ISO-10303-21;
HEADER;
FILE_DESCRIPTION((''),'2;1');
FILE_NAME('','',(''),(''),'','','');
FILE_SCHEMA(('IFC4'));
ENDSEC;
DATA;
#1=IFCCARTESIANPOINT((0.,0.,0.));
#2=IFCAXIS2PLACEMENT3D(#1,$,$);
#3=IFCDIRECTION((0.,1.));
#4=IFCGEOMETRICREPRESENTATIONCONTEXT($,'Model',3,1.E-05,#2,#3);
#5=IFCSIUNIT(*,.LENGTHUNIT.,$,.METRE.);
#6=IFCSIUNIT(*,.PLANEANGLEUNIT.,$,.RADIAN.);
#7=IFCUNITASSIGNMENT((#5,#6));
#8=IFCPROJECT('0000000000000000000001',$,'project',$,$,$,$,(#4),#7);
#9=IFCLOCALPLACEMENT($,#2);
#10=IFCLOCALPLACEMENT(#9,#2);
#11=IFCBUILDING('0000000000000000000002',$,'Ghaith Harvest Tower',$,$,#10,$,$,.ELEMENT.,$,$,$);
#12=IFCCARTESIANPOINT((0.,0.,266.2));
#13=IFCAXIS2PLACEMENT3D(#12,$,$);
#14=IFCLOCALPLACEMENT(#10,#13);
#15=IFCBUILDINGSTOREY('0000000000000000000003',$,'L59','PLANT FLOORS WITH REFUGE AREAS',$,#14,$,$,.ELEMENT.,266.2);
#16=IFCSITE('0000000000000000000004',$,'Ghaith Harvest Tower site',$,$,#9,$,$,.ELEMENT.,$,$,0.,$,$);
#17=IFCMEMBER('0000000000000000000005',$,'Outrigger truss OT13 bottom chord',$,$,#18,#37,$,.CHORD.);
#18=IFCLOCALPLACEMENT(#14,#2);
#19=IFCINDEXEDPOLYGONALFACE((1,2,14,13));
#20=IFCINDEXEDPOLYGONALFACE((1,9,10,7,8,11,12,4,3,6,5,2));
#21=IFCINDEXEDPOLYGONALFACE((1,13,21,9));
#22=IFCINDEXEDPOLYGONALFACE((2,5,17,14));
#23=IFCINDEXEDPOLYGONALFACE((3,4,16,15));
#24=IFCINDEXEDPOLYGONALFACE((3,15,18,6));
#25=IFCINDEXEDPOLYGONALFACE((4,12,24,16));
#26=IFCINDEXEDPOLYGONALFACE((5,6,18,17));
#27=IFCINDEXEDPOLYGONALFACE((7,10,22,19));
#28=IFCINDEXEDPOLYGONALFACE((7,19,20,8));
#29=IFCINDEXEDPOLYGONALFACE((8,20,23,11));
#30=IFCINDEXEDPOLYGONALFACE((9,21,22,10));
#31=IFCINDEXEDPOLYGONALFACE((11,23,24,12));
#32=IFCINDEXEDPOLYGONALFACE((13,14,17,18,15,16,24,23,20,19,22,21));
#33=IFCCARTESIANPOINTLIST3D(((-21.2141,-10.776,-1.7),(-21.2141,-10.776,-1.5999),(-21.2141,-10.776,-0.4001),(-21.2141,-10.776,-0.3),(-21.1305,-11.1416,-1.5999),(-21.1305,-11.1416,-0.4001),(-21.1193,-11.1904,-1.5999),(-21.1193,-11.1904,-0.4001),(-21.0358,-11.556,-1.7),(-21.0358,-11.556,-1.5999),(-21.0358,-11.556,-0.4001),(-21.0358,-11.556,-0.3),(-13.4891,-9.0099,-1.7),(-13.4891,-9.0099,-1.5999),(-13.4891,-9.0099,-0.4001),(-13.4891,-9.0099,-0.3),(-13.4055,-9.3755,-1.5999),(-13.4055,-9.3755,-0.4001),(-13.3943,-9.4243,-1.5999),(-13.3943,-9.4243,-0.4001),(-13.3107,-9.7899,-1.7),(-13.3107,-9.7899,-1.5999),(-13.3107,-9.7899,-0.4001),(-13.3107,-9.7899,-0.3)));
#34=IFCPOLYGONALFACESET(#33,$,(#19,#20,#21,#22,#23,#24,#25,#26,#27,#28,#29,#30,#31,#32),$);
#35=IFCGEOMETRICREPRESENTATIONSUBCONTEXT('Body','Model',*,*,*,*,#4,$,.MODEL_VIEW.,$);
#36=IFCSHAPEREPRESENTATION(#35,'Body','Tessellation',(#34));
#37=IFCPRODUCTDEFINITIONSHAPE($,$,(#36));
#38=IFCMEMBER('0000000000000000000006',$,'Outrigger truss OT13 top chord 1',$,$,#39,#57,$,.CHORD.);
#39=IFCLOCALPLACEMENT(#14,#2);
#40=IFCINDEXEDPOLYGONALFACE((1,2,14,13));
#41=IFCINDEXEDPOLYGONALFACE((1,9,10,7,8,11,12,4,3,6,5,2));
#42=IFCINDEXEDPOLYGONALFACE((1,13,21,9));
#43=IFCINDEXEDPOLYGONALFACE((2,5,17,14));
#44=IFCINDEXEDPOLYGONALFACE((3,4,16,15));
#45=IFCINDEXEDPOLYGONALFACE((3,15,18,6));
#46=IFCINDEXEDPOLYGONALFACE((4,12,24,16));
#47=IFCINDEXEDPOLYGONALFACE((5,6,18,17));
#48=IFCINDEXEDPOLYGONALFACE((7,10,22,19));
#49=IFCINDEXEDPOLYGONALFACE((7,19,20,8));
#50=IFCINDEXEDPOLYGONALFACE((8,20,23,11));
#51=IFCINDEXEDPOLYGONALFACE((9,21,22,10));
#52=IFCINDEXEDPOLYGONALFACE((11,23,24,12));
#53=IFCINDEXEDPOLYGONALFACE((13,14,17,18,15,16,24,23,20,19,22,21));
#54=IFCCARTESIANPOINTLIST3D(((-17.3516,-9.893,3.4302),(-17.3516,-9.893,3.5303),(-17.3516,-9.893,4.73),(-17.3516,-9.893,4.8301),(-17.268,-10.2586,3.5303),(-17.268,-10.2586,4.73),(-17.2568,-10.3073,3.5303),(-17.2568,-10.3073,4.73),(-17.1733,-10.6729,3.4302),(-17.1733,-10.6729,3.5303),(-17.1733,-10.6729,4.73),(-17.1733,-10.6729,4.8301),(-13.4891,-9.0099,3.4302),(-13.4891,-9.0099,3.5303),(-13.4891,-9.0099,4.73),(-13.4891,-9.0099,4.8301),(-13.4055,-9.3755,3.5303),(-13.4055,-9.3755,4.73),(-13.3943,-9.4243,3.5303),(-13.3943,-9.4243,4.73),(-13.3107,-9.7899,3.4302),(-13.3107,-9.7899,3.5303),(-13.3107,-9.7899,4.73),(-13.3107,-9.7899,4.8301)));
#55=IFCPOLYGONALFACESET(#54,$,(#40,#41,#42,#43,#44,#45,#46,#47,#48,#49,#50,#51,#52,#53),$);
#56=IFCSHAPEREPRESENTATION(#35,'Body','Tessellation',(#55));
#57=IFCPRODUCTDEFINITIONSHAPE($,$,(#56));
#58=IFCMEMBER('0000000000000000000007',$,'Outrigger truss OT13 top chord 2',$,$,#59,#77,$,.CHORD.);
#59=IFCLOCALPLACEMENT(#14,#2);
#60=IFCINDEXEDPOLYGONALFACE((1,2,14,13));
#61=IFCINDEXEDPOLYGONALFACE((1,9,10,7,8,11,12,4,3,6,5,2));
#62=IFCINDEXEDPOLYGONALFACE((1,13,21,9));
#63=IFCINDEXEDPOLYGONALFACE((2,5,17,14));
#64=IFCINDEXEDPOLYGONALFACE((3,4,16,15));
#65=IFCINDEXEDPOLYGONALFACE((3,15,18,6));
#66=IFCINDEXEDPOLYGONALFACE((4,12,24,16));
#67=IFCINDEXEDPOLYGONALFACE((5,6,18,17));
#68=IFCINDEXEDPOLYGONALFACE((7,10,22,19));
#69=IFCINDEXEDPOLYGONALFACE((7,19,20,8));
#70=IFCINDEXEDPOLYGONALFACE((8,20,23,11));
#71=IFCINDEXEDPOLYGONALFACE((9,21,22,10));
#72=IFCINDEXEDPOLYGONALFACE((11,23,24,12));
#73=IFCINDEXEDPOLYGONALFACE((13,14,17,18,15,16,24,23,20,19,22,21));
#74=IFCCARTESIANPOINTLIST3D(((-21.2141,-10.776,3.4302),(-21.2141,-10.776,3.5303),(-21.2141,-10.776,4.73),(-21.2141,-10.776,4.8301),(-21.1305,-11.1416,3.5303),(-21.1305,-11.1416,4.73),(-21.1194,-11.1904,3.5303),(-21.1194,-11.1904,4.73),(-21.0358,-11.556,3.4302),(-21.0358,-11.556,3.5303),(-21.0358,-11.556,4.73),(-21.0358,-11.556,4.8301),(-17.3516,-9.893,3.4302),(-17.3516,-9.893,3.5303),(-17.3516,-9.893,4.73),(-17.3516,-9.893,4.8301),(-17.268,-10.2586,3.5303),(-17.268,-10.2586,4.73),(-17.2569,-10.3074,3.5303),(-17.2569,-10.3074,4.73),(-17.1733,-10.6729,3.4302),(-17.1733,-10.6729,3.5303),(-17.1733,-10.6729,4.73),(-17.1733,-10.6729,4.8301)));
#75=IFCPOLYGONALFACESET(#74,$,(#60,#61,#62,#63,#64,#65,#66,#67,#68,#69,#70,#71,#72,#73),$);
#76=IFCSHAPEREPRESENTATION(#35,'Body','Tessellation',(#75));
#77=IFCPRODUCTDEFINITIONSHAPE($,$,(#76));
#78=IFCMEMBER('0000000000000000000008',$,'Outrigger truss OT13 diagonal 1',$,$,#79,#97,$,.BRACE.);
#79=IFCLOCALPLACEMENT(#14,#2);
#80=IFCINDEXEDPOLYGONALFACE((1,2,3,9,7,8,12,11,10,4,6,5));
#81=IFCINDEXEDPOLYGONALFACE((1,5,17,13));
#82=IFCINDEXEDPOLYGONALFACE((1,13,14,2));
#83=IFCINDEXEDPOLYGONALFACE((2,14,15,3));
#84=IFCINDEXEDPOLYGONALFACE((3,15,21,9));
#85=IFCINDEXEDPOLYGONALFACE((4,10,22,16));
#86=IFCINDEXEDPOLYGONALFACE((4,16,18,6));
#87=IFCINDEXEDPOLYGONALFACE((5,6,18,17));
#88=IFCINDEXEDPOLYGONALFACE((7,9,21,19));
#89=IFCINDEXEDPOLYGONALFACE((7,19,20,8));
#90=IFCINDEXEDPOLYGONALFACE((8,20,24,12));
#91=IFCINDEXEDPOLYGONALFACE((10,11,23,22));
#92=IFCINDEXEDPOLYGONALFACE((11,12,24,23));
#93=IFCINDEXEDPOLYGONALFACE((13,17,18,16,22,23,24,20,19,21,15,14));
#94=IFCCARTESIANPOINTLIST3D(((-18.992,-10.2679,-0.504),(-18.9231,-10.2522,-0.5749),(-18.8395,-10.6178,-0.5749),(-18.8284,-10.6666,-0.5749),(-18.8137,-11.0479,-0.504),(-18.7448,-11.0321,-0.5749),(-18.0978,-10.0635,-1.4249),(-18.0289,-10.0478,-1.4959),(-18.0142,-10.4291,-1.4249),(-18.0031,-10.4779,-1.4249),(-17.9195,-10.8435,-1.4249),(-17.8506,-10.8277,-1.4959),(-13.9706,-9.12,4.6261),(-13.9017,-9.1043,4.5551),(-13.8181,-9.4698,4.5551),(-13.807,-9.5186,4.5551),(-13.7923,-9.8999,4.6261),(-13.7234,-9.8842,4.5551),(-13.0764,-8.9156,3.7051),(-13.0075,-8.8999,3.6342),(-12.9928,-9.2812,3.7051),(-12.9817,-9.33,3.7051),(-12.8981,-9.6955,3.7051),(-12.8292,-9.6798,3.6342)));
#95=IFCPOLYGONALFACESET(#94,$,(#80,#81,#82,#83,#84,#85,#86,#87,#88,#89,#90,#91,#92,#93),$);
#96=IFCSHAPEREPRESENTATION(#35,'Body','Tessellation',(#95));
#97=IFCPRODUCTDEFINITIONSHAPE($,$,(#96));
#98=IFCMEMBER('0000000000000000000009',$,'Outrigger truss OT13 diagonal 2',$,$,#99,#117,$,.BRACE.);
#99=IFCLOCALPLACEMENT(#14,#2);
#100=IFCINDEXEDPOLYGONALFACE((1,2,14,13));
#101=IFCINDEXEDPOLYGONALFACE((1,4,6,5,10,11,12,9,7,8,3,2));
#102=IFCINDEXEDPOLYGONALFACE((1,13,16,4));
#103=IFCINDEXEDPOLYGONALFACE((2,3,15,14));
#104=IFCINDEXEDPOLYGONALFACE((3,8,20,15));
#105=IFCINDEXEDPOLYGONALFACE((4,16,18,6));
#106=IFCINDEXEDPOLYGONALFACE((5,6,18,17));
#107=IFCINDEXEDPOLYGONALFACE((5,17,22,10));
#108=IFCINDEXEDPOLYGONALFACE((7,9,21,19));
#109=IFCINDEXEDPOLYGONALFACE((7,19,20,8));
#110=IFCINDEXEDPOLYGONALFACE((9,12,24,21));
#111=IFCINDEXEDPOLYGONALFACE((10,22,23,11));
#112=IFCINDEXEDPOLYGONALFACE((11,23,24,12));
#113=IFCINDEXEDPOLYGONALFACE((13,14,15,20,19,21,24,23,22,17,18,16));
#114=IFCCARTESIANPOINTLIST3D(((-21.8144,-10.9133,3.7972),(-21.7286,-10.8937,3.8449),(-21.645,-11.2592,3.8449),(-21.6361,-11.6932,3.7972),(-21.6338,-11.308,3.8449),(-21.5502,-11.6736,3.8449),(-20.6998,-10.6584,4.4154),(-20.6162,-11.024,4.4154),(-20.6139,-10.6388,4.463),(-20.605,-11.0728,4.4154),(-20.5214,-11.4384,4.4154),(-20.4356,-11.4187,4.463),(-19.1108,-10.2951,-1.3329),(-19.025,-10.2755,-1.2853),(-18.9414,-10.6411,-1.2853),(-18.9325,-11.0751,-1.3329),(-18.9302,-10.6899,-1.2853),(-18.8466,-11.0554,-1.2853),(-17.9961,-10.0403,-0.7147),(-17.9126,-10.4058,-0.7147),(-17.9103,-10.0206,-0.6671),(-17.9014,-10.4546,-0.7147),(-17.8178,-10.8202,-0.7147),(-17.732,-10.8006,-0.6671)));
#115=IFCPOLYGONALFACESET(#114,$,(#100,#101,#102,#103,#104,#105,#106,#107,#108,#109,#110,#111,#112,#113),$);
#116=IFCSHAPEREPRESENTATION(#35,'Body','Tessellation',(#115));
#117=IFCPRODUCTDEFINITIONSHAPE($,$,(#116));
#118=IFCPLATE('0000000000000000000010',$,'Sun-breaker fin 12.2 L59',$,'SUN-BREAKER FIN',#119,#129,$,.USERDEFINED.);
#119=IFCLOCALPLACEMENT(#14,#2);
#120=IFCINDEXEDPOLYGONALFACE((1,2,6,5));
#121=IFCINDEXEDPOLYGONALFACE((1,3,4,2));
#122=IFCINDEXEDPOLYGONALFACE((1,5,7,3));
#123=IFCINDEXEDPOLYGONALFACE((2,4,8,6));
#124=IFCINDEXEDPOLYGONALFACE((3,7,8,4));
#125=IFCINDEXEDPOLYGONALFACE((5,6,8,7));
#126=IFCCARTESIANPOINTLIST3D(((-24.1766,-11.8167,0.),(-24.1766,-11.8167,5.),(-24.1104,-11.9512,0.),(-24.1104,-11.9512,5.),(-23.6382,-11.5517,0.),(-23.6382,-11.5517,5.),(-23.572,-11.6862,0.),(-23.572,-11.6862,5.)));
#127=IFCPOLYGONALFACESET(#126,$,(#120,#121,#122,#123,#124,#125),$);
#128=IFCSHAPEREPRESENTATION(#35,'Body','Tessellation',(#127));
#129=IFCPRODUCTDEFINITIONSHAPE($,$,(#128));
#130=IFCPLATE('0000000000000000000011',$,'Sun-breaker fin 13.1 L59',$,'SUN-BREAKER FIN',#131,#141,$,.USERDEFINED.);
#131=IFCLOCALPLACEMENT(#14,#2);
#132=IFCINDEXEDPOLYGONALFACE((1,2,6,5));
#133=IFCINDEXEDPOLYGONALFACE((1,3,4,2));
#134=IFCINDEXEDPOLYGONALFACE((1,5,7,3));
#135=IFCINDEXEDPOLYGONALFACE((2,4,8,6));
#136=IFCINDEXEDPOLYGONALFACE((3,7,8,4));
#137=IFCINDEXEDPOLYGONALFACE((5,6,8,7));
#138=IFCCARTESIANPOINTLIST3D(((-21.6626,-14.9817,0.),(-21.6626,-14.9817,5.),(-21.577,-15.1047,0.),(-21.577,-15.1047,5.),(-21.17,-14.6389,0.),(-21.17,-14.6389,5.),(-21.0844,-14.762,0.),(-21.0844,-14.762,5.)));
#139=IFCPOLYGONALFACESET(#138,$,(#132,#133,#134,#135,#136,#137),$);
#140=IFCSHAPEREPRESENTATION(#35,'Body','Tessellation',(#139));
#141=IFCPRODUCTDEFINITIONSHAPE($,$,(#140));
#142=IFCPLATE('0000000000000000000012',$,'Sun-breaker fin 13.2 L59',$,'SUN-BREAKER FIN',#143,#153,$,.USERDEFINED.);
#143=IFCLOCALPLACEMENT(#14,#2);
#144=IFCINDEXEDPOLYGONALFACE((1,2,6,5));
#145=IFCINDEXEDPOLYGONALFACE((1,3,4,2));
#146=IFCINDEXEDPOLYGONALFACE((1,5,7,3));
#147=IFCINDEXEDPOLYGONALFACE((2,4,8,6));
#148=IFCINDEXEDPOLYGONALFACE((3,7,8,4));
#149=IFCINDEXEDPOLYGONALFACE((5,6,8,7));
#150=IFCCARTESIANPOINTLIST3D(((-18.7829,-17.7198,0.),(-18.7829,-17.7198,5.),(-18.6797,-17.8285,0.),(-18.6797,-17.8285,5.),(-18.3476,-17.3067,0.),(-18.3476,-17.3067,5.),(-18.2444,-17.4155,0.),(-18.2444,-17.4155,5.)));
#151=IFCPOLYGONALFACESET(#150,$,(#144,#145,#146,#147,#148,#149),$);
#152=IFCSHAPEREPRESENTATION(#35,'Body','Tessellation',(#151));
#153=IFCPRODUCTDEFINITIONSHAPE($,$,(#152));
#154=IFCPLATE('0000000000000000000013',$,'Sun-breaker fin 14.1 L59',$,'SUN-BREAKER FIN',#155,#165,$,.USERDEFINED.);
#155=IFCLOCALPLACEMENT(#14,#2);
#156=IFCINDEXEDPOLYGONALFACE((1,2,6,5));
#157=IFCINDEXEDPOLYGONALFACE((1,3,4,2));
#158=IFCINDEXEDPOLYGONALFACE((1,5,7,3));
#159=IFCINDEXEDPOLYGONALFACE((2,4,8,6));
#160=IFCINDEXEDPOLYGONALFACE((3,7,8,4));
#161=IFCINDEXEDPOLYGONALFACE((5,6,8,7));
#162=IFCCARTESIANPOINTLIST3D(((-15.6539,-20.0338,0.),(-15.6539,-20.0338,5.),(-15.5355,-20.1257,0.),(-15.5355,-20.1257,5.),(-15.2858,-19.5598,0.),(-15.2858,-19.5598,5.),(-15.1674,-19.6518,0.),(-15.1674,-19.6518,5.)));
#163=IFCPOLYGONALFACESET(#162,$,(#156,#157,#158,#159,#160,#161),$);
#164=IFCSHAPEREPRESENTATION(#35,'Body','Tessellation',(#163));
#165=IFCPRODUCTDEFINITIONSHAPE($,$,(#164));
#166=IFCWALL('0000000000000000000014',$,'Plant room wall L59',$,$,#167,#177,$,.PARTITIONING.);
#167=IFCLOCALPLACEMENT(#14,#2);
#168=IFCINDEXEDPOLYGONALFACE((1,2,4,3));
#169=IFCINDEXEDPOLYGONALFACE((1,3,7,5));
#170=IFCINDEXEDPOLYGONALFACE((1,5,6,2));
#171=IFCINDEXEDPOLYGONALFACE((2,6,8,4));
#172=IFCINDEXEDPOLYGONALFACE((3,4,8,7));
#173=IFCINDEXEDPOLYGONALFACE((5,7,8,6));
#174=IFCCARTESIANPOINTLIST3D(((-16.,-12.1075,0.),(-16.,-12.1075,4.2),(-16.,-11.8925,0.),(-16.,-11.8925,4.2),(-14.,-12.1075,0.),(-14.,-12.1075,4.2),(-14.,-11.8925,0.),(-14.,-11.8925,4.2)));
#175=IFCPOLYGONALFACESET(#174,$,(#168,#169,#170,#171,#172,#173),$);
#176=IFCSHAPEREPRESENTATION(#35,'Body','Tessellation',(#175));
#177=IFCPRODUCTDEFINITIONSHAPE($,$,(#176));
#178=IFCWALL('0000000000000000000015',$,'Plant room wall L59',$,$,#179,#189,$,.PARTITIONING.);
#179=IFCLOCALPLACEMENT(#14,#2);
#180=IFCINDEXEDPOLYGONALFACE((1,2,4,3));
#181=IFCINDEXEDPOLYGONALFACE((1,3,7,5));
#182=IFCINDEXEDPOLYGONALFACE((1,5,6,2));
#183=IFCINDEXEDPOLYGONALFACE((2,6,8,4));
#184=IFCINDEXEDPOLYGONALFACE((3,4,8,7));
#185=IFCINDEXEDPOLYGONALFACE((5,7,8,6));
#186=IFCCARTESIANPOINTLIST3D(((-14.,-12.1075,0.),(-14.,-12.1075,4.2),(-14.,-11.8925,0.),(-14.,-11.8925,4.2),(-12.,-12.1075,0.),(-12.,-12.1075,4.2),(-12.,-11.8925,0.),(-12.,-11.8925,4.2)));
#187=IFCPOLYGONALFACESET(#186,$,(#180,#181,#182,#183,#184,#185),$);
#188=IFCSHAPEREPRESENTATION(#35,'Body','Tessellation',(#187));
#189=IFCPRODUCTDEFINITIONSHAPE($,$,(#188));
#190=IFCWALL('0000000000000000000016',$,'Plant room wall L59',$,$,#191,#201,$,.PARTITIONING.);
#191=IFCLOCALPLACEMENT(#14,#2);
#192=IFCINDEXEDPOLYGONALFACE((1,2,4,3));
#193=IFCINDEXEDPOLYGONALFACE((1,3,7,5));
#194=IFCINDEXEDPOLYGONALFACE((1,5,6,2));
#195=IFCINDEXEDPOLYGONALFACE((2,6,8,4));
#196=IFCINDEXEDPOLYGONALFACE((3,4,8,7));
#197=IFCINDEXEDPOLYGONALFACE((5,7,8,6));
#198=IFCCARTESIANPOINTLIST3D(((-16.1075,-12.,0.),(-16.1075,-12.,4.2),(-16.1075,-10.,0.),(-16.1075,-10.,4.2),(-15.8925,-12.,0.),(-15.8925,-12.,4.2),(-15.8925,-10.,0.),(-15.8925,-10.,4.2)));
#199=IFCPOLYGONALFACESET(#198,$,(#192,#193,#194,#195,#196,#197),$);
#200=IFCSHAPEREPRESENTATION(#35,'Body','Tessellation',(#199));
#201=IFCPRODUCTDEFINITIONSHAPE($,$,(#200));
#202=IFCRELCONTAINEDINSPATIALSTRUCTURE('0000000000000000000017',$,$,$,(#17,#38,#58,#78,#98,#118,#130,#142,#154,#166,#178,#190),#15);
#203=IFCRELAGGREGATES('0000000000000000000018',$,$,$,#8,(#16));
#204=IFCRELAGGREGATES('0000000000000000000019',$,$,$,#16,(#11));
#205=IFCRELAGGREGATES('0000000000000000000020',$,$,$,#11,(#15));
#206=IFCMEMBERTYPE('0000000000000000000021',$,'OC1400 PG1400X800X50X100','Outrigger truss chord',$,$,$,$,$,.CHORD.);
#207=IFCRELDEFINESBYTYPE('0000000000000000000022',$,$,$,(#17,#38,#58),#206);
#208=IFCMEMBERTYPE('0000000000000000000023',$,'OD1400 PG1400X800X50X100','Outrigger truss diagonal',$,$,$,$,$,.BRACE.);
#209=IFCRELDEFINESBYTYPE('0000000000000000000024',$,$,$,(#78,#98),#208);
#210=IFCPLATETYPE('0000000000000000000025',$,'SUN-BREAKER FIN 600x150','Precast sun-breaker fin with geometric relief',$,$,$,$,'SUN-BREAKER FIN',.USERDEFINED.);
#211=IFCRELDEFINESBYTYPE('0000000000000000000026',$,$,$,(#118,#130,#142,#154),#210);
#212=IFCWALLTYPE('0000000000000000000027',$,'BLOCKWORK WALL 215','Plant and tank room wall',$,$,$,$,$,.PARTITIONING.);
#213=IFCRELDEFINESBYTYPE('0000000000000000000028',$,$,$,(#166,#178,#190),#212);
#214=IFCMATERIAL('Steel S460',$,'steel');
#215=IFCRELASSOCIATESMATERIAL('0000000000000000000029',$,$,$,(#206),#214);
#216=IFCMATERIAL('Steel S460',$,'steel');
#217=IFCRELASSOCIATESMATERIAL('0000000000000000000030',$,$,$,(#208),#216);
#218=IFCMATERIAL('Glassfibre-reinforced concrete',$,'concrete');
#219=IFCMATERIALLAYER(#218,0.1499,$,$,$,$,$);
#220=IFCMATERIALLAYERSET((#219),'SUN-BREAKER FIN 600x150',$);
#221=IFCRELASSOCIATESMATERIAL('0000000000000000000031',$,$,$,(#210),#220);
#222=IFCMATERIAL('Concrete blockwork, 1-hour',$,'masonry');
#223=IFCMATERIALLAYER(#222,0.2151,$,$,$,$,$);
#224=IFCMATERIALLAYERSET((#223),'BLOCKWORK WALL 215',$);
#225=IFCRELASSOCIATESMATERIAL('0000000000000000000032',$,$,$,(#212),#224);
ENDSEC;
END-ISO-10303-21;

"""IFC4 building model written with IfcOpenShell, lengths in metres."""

from ifc_helpers import new_model, si_unit, direction, frame, frame_2d, origin, origin_2d, place, context, subcontext, project, spatial, rectangle, i_section, extrude, material, layer, layer_set, material_profile, profile_set, type_object, element, save


model = new_model("IFC4")

# Units and contexts
model_context = context("Model", 3, precision=1e-05, world=origin(), true_north=direction((0.0, 1.0)))
body_context = subcontext(model_context, "Body", "Model", "MODEL_VIEW")
ifc_project = project(units=[si_unit("LENGTHUNIT", "METRE"), si_unit("PLANEANGLEUNIT", "RADIAN")], contexts=[model_context])

# Site, building, storey
site_placement = place(None, origin())
site = spatial("IfcSite", under=ifc_project, at=site_placement, Name="Ghaith Harvest Tower site", CompositionType="ELEMENT", RefElevation=0.0)
building_placement = place(site_placement, origin())
building = spatial("IfcBuilding", under=site, at=building_placement, Name="Ghaith Harvest Tower", CompositionType="ELEMENT")
storey_placement = place(building_placement, frame((0.0, 0.0, 266.2)))
storey = spatial("IfcBuildingStorey", under=building, at=storey_placement, Name="L59", Description="PLANT FLOORS WITH REFUGE AREAS", CompositionType="ELEMENT", Elevation=266.2)

# Members
ifc_material_1 = material(Name="Steel S460", Category="steel")
ifc_material_profile_1 = material_profile(ifc_material_1, i_section(OverallWidth=0.8, OverallDepth=1.3999, WebThickness=0.05, FlangeThickness=0.1001, at=origin_2d()), Name="PG1400X800X50X100")
ifc_profile_set_1 = profile_set([ifc_material_profile_1], Name="Steel S460")
member_type_1 = type_object("IfcMemberType", Name="OC1400 PG1400X800X50X100", Description="Outrigger truss chord", PredefinedType="CHORD", material=ifc_profile_set_1)
member_1_placement = place(storey_placement, frame((-13.3999, -9.3999, -1.0), z_axis=(-0.974848, -0.22287, 0.0), x_axis=(0.22287, -0.974848, 0.0)))
element("IfcMember", 1, at=member_1_placement, inside=storey, type_object=member_type_1, Name="Outrigger truss OT13 bottom chord", PredefinedType="CHORD", context=body_context, shape_type="SweptSolid", body=[
    extrude(i_section(OverallWidth=0.8, OverallDepth=1.3999, WebThickness=0.05, FlangeThickness=0.1001, at=origin_2d()), origin(), (0.0, 0.0, 1.0), 7.9243),
])
for number, where, z_axis, x_axis, name in (
    (2, (-13.3999, -9.3999, 4.1301), (-0.974848, -0.22287, 0.0), (0.22287, -0.974848, 0.0), "Outrigger truss OT13 top chord 1"),
    (3, (-17.2625, -10.283, 4.1301), (-0.974848, -0.22287, 0.0), (0.22287, -0.974848, 0.0), "Outrigger truss OT13 top chord 2"),
):
    element("IfcMember", number, at=place(storey_placement, frame(where, z_axis=z_axis, x_axis=x_axis)), inside=storey, type_object=member_type_1, Name=name, PredefinedType="CHORD", context=body_context, shape_type="SweptSolid", body=[
        extrude(i_section(OverallWidth=0.8, OverallDepth=1.3999, WebThickness=0.05, FlangeThickness=0.1001, at=origin_2d()), origin(), (0.0, 0.0, 1.0), 3.9622),
    ])
ifc_material_2 = material(Name="Steel S460", Category="steel")
ifc_material_profile_2 = material_profile(ifc_material_2, i_section(OverallWidth=0.8, OverallDepth=1.3999, WebThickness=0.05, FlangeThickness=0.1001, at=origin_2d()), Name="PG1400X800X50X100")
ifc_profile_set_2 = profile_set([ifc_material_profile_2], Name="Steel S460")
member_type_2 = type_object("IfcMemberType", Name="OD1400 PG1400X800X50X100", Description="Outrigger truss diagonal", PredefinedType="BRACE", material=ifc_profile_set_2)
member_2_placement = place(storey_placement, frame((-13.3999, -9.3999, 4.1301), z_axis=(-0.690724, -0.157905, -0.705668), x_axis=(0.222858, -0.974851, 0.0)))
element("IfcMember", 4, at=member_2_placement, inside=storey, type_object=member_type_2, Name="Outrigger truss OT13 diagonal 1", PredefinedType="BRACE", context=body_context, shape_type="SweptSolid", body=[
    extrude(i_section(OverallWidth=0.8, OverallDepth=1.3999, WebThickness=0.05, FlangeThickness=0.1001, at=origin_2d()), origin(), (0.0, 0.0, 1.0), 7.2698),
])
member_3_placement = place(storey_placement, frame((-18.4214, -10.5479, -1.0), z_axis=(-0.463599, -0.105999, 0.879682), x_axis=(0.222892, -0.974843, 0.0)))
element("IfcMember", 5, at=member_3_placement, inside=storey, type_object=member_type_2, Name="Outrigger truss OT13 diagonal 2", PredefinedType="BRACE", context=body_context, shape_type="SweptSolid", body=[
    extrude(i_section(OverallWidth=0.8, OverallDepth=1.3999, WebThickness=0.05, FlangeThickness=0.1001, at=origin_2d()), origin(), (0.0, 0.0, 1.0), 5.8318),
])

# Plates
ifc_material_3 = material(Name="Glassfibre-reinforced concrete", Category="concrete")
ifc_layer_1 = layer(ifc_material_3, 0.1499)
ifc_layer_set_1 = layer_set([ifc_layer_1], Name="SUN-BREAKER FIN 600x150")
plate_type = type_object("IfcPlateType", Name="SUN-BREAKER FIN 600x150", Description="Precast sun-breaker fin with geometric relief", ElementType="SUN-BREAKER FIN", PredefinedType="USERDEFINED", material=ifc_layer_set_1)
for number, where, z_axis, x_axis, name in (
    (6, (-23.8743, -11.7515, 0.0), (0.0, 0.0, 1.0), (-0.897201, -0.441622, 0.0), "Sun-breaker fin 12.2 L59"),
    (7, (-21.3735, -14.8718, 0.0), (0.0, 0.0, 1.0), (-0.820845, -0.57115, 0.0), "Sun-breaker fin 13.1 L59"),
    (8, (-18.5137, -17.5676, 0.0), (0.0, 0.0, 1.0), (-0.725396, -0.688331, 0.0), "Sun-breaker fin 13.2 L59"),
    (9, (-15.4106, -19.8428, 0.0), (0.0, 0.0, 1.0), (-0.613378, -0.78979, 0.0), "Sun-breaker fin 14.1 L59"),
):
    element("IfcPlate", number, at=place(storey_placement, frame(where, z_axis=z_axis, x_axis=x_axis)), inside=storey, type_object=plate_type, Name=name, ObjectType="SUN-BREAKER FIN", PredefinedType="USERDEFINED", context=body_context, shape_type="SweptSolid", body=[
        extrude(rectangle(XDim=0.6001, YDim=0.1499, at=origin_2d()), origin(), (0.0, 0.0, 1.0), 5.0),
    ])

# Walls
ifc_material_4 = material(Name="Concrete blockwork, 1-hour", Category="masonry")
ifc_layer_2 = layer(ifc_material_4, 0.2151)
ifc_layer_set_2 = layer_set([ifc_layer_2], Name="BLOCKWORK WALL 215")
wall_type_1 = type_object("IfcWallType", Name="BLOCKWORK WALL 215", Description="Plant and tank room wall", PredefinedType="PARTITIONING", material=ifc_layer_set_2)
for number, where, z_axis, x_axis, name in (
    (10, (-16.0, -12.0, 0.0), (0.0, 0.0, 1.0), (1.0, 0.0, 0.0), "Plant room wall L59"),
    (11, (-14.0, -12.0, 0.0), (0.0, 0.0, 1.0), (1.0, 0.0, 0.0), "Plant room wall L59"),
    (12, (-16.0, -10.0, 0.0), (0.0, 0.0, 1.0), (0.0, -1.0, 0.0), "Plant room wall L59"),
):
    element("IfcWall", number, at=place(storey_placement, frame(where, z_axis=z_axis, x_axis=x_axis)), inside=storey, type_object=wall_type_1, Name=name, PredefinedType="PARTITIONING", context=body_context, shape_type="SweptSolid", body=[
        extrude(rectangle(XDim=2.0, YDim=0.2151, at=frame_2d((1.0, 0.0))), origin(), (0.0, 0.0, 1.0), 4.2),
    ])

save(model, "model.ifc")
